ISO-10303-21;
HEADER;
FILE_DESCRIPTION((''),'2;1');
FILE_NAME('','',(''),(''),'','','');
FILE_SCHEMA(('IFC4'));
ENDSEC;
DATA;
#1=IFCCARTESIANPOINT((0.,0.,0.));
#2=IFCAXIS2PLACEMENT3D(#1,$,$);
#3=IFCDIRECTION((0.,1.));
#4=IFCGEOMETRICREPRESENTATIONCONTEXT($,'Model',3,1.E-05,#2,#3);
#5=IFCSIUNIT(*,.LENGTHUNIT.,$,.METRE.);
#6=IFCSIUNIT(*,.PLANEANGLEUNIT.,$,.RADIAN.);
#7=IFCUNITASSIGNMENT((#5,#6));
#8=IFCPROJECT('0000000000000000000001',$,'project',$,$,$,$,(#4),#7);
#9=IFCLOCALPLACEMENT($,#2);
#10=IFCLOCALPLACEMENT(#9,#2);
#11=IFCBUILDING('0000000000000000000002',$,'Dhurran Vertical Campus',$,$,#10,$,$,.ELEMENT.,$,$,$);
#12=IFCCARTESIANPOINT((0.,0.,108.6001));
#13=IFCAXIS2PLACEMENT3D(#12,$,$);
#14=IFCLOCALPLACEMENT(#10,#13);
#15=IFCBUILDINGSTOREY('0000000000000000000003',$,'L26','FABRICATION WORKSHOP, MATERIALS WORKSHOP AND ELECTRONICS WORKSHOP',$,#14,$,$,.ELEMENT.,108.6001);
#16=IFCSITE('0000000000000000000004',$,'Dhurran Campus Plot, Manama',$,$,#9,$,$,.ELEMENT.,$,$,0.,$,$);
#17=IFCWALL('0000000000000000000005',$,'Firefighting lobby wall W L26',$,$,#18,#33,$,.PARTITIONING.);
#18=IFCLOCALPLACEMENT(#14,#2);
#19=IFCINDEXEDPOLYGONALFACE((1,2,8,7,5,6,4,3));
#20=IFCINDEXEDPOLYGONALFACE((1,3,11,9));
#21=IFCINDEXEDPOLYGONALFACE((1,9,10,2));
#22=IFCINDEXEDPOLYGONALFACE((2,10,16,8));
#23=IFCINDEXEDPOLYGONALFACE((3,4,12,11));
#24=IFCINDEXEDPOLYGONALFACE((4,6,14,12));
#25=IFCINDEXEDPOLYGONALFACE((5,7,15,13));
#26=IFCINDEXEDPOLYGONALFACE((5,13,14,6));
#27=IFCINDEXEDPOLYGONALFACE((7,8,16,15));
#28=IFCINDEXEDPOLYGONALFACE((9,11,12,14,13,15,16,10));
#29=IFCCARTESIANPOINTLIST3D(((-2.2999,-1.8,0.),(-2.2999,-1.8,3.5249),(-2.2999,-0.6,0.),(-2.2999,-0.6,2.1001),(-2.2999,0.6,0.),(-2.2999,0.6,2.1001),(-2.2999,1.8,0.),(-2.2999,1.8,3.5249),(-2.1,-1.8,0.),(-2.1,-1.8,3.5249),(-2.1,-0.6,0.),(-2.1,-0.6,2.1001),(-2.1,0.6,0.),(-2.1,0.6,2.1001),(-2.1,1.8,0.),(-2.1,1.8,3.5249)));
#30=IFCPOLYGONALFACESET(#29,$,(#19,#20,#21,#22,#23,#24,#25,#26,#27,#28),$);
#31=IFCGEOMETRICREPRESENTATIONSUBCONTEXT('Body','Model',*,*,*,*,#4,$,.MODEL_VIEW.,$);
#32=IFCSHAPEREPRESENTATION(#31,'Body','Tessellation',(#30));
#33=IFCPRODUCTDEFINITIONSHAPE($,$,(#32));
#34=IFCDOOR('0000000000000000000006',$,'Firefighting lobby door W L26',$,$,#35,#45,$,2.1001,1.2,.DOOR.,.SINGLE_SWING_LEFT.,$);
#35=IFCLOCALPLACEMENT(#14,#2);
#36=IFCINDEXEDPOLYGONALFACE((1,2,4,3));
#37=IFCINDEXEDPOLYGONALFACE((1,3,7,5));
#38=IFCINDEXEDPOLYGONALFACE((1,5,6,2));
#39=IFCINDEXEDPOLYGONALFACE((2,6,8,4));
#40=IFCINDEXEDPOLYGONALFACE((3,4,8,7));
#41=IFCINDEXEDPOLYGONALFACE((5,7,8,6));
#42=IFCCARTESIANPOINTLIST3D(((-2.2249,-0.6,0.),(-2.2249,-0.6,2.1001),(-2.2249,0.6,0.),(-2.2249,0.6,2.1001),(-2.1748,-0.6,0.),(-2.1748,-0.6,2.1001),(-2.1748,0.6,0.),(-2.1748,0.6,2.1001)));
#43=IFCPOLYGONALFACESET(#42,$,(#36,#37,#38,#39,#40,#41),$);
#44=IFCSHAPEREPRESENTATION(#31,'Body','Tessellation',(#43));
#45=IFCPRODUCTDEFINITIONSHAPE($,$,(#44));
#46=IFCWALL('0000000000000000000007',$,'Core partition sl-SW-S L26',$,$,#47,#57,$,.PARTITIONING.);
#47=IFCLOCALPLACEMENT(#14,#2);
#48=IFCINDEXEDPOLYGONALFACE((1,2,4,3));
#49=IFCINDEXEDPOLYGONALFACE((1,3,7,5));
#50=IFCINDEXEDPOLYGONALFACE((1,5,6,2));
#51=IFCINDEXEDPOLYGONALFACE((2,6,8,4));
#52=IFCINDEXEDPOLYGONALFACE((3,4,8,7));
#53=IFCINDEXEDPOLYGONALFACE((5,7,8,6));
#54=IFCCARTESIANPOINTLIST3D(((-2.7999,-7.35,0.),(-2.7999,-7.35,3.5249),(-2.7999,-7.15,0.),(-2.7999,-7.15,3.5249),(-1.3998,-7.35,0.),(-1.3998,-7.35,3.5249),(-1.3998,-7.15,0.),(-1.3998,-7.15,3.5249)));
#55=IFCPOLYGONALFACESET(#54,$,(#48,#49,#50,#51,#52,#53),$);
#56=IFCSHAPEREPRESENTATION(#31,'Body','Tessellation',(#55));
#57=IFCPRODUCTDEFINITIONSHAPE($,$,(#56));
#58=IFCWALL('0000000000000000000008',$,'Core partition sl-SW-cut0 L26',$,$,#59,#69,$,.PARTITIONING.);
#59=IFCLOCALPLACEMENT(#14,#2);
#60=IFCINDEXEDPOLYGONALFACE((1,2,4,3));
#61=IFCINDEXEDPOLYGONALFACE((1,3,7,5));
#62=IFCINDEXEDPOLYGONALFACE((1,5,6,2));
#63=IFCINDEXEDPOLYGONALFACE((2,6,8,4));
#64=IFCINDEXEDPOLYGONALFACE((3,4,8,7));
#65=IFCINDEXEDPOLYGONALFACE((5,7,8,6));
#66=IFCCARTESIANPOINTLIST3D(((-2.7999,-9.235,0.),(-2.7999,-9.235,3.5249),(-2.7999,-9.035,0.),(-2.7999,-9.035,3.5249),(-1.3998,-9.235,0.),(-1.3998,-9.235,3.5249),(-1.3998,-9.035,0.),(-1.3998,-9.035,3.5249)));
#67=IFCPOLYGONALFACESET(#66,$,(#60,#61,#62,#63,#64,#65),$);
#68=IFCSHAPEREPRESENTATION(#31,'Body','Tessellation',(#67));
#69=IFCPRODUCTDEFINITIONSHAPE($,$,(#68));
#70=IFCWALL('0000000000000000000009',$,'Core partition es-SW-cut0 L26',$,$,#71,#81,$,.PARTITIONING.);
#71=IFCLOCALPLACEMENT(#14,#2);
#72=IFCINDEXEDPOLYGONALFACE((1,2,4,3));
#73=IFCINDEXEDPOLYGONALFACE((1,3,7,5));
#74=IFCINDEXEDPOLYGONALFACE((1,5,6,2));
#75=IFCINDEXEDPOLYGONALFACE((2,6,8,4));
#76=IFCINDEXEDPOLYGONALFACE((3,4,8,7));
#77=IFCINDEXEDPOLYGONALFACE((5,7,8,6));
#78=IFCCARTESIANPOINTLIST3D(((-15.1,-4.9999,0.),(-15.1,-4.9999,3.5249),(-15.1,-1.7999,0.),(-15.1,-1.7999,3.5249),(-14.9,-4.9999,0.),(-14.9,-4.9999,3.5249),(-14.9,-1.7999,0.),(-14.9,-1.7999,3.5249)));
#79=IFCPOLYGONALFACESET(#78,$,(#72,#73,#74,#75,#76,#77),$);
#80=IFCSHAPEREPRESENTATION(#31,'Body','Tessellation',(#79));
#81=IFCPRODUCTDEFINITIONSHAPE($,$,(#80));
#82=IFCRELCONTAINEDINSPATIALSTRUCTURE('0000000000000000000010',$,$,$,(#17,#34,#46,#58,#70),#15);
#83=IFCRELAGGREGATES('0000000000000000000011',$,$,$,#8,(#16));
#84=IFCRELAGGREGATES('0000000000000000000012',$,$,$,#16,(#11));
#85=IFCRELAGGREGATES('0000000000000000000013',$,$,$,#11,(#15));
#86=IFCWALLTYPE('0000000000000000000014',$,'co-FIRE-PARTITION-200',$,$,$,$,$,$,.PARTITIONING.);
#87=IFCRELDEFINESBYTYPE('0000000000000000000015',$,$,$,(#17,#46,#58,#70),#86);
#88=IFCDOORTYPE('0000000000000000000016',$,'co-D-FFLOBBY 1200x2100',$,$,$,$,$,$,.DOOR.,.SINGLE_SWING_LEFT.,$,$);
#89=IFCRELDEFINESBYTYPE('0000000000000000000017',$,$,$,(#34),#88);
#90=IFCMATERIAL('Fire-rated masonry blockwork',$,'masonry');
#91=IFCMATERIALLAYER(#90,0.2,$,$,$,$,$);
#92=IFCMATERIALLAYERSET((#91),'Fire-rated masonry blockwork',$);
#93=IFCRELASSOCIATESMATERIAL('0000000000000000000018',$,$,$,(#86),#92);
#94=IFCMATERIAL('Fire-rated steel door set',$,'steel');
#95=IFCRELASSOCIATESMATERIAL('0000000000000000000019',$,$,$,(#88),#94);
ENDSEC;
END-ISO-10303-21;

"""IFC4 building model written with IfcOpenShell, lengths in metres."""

from ifc_helpers import new_model, si_unit, direction, frame, frame_2d, origin, place, context, subcontext, project, spatial, rectangle, extrude, material, layer, layer_set, type_object, element, fill, save


model = new_model("IFC4")

# Units and contexts
model_context = context("Model", 3, precision=1e-05, world=origin(), true_north=direction((0.0, 1.0)))
body_context = subcontext(model_context, "Body", "Model", "MODEL_VIEW")
ifc_project = project(units=[si_unit("LENGTHUNIT", "METRE"), si_unit("PLANEANGLEUNIT", "RADIAN")], contexts=[model_context])

# Site, building, storey
site_placement = place(None, origin())
site = spatial("IfcSite", under=ifc_project, at=site_placement, Name="Dhurran Campus Plot, Manama", CompositionType="ELEMENT", RefElevation=0.0)
building_placement = place(site_placement, origin())
building = spatial("IfcBuilding", under=site, at=building_placement, Name="Dhurran Vertical Campus", CompositionType="ELEMENT")
storey_placement = place(building_placement, frame((0.0, 0.0, 108.6001)))
storey = spatial("IfcBuildingStorey", under=building, at=storey_placement, Name="L26", Description="FABRICATION WORKSHOP, MATERIALS WORKSHOP AND ELECTRONICS WORKSHOP", CompositionType="ELEMENT", Elevation=108.6001)

# Wall, opening, door
ifc_material_1 = material(Name="Fire-rated masonry blockwork", Category="masonry")
ifc_layer_1 = layer(ifc_material_1, 0.2)
ifc_layer_set_1 = layer_set([ifc_layer_1], Name="Fire-rated masonry blockwork")
wall_type_1 = type_object("IfcWallType", Name="co-FIRE-PARTITION-200", PredefinedType="PARTITIONING", material=ifc_layer_set_1)
wall_1_placement = place(storey_placement, frame((-2.2, -1.8, 0.0), z_axis=(0.0, 0.0, 1.0), x_axis=(0.0, 1.0, 0.0)))
wall_1 = element("IfcWall", 1, at=wall_1_placement, inside=storey, type_object=wall_type_1, Name="Firefighting lobby wall W L26", PredefinedType="PARTITIONING", context=body_context, shape_type="SweptSolid", body=[
    extrude(rectangle(XDim=3.6001, YDim=0.2, at=frame_2d((1.8, 0.0))), origin(), (0.0, 0.0, 1.0), 3.5249),
])
opening_1_placement = place(wall_1_placement, frame((1.2, 0.0, 0.0)))
opening_1 = element("IfcOpeningElement", 2, at=opening_1_placement, cuts=wall_1, PredefinedType="OPENING", context=body_context, shape_type="SweptSolid", body=[
    extrude(rectangle(XDim=1.2, YDim=2.1001, at=frame_2d((0.6001, 1.05))), frame((0.0, 0.1099, 0.0), z_axis=(0.0, -1.0, 0.0), x_axis=(1.0, 0.0, 0.0)), (0.0, 0.0, 1.0), 0.22),
])
ifc_material_2 = material(Name="Fire-rated steel door set", Category="steel")
door_type_1 = type_object("IfcDoorType", Name="co-D-FFLOBBY 1200x2100", OperationType="SINGLE_SWING_LEFT", PredefinedType="DOOR", material=ifc_material_2)
door_1_placement = place(opening_1_placement, origin())
door_1 = element("IfcDoor", 3, at=door_1_placement, inside=storey, type_object=door_type_1, Name="Firefighting lobby door W L26", OperationType="SINGLE_SWING_LEFT", OverallHeight=2.1001, OverallWidth=1.2, PredefinedType="DOOR", context=body_context, shape_type="SweptSolid", body=[
    extrude(rectangle(XDim=1.2, YDim=2.1001, at=frame_2d((0.6001, 1.05))), frame((0.0, 0.0249, 0.0), z_axis=(0.0, -1.0, 0.0), x_axis=(1.0, 0.0, 0.0)), (0.0, 0.0, 1.0), 0.05),
])
fill(opening_1, door_1)

# Walls
for number, where, z_axis, x_axis, name in (
    (4, (-2.8, -7.25, 0.0), (0.0, 0.0, 1.0), (1.0, 0.0, 0.0), "Core partition sl-SW-S L26"),
    (5, (-2.8, -9.135, 0.0), (0.0, 0.0, 1.0), (1.0, 0.0, 0.0), "Core partition sl-SW-cut0 L26"),
):
    element("IfcWall", number, at=place(storey_placement, frame(where, z_axis=z_axis, x_axis=x_axis)), inside=storey, type_object=wall_type_1, Name=name, PredefinedType="PARTITIONING", context=body_context, shape_type="SweptSolid", body=[
        extrude(rectangle(XDim=1.4001, YDim=0.2, at=frame_2d((0.7002, 0.0))), origin(), (0.0, 0.0, 1.0), 3.5249),
    ])
wall_2_placement = place(storey_placement, frame((-15.0, -5.0, 0.0), z_axis=(0.0, 0.0, 1.0), x_axis=(0.0, 1.0, 0.0)))
element("IfcWall", 6, at=wall_2_placement, inside=storey, type_object=wall_type_1, Name="Core partition es-SW-cut0 L26", PredefinedType="PARTITIONING", context=body_context, shape_type="SweptSolid", body=[
    extrude(rectangle(XDim=3.2, YDim=0.2, at=frame_2d((1.6001, 0.0))), origin(), (0.0, 0.0, 1.0), 3.5249),
])

save(model, "model.ifc")
